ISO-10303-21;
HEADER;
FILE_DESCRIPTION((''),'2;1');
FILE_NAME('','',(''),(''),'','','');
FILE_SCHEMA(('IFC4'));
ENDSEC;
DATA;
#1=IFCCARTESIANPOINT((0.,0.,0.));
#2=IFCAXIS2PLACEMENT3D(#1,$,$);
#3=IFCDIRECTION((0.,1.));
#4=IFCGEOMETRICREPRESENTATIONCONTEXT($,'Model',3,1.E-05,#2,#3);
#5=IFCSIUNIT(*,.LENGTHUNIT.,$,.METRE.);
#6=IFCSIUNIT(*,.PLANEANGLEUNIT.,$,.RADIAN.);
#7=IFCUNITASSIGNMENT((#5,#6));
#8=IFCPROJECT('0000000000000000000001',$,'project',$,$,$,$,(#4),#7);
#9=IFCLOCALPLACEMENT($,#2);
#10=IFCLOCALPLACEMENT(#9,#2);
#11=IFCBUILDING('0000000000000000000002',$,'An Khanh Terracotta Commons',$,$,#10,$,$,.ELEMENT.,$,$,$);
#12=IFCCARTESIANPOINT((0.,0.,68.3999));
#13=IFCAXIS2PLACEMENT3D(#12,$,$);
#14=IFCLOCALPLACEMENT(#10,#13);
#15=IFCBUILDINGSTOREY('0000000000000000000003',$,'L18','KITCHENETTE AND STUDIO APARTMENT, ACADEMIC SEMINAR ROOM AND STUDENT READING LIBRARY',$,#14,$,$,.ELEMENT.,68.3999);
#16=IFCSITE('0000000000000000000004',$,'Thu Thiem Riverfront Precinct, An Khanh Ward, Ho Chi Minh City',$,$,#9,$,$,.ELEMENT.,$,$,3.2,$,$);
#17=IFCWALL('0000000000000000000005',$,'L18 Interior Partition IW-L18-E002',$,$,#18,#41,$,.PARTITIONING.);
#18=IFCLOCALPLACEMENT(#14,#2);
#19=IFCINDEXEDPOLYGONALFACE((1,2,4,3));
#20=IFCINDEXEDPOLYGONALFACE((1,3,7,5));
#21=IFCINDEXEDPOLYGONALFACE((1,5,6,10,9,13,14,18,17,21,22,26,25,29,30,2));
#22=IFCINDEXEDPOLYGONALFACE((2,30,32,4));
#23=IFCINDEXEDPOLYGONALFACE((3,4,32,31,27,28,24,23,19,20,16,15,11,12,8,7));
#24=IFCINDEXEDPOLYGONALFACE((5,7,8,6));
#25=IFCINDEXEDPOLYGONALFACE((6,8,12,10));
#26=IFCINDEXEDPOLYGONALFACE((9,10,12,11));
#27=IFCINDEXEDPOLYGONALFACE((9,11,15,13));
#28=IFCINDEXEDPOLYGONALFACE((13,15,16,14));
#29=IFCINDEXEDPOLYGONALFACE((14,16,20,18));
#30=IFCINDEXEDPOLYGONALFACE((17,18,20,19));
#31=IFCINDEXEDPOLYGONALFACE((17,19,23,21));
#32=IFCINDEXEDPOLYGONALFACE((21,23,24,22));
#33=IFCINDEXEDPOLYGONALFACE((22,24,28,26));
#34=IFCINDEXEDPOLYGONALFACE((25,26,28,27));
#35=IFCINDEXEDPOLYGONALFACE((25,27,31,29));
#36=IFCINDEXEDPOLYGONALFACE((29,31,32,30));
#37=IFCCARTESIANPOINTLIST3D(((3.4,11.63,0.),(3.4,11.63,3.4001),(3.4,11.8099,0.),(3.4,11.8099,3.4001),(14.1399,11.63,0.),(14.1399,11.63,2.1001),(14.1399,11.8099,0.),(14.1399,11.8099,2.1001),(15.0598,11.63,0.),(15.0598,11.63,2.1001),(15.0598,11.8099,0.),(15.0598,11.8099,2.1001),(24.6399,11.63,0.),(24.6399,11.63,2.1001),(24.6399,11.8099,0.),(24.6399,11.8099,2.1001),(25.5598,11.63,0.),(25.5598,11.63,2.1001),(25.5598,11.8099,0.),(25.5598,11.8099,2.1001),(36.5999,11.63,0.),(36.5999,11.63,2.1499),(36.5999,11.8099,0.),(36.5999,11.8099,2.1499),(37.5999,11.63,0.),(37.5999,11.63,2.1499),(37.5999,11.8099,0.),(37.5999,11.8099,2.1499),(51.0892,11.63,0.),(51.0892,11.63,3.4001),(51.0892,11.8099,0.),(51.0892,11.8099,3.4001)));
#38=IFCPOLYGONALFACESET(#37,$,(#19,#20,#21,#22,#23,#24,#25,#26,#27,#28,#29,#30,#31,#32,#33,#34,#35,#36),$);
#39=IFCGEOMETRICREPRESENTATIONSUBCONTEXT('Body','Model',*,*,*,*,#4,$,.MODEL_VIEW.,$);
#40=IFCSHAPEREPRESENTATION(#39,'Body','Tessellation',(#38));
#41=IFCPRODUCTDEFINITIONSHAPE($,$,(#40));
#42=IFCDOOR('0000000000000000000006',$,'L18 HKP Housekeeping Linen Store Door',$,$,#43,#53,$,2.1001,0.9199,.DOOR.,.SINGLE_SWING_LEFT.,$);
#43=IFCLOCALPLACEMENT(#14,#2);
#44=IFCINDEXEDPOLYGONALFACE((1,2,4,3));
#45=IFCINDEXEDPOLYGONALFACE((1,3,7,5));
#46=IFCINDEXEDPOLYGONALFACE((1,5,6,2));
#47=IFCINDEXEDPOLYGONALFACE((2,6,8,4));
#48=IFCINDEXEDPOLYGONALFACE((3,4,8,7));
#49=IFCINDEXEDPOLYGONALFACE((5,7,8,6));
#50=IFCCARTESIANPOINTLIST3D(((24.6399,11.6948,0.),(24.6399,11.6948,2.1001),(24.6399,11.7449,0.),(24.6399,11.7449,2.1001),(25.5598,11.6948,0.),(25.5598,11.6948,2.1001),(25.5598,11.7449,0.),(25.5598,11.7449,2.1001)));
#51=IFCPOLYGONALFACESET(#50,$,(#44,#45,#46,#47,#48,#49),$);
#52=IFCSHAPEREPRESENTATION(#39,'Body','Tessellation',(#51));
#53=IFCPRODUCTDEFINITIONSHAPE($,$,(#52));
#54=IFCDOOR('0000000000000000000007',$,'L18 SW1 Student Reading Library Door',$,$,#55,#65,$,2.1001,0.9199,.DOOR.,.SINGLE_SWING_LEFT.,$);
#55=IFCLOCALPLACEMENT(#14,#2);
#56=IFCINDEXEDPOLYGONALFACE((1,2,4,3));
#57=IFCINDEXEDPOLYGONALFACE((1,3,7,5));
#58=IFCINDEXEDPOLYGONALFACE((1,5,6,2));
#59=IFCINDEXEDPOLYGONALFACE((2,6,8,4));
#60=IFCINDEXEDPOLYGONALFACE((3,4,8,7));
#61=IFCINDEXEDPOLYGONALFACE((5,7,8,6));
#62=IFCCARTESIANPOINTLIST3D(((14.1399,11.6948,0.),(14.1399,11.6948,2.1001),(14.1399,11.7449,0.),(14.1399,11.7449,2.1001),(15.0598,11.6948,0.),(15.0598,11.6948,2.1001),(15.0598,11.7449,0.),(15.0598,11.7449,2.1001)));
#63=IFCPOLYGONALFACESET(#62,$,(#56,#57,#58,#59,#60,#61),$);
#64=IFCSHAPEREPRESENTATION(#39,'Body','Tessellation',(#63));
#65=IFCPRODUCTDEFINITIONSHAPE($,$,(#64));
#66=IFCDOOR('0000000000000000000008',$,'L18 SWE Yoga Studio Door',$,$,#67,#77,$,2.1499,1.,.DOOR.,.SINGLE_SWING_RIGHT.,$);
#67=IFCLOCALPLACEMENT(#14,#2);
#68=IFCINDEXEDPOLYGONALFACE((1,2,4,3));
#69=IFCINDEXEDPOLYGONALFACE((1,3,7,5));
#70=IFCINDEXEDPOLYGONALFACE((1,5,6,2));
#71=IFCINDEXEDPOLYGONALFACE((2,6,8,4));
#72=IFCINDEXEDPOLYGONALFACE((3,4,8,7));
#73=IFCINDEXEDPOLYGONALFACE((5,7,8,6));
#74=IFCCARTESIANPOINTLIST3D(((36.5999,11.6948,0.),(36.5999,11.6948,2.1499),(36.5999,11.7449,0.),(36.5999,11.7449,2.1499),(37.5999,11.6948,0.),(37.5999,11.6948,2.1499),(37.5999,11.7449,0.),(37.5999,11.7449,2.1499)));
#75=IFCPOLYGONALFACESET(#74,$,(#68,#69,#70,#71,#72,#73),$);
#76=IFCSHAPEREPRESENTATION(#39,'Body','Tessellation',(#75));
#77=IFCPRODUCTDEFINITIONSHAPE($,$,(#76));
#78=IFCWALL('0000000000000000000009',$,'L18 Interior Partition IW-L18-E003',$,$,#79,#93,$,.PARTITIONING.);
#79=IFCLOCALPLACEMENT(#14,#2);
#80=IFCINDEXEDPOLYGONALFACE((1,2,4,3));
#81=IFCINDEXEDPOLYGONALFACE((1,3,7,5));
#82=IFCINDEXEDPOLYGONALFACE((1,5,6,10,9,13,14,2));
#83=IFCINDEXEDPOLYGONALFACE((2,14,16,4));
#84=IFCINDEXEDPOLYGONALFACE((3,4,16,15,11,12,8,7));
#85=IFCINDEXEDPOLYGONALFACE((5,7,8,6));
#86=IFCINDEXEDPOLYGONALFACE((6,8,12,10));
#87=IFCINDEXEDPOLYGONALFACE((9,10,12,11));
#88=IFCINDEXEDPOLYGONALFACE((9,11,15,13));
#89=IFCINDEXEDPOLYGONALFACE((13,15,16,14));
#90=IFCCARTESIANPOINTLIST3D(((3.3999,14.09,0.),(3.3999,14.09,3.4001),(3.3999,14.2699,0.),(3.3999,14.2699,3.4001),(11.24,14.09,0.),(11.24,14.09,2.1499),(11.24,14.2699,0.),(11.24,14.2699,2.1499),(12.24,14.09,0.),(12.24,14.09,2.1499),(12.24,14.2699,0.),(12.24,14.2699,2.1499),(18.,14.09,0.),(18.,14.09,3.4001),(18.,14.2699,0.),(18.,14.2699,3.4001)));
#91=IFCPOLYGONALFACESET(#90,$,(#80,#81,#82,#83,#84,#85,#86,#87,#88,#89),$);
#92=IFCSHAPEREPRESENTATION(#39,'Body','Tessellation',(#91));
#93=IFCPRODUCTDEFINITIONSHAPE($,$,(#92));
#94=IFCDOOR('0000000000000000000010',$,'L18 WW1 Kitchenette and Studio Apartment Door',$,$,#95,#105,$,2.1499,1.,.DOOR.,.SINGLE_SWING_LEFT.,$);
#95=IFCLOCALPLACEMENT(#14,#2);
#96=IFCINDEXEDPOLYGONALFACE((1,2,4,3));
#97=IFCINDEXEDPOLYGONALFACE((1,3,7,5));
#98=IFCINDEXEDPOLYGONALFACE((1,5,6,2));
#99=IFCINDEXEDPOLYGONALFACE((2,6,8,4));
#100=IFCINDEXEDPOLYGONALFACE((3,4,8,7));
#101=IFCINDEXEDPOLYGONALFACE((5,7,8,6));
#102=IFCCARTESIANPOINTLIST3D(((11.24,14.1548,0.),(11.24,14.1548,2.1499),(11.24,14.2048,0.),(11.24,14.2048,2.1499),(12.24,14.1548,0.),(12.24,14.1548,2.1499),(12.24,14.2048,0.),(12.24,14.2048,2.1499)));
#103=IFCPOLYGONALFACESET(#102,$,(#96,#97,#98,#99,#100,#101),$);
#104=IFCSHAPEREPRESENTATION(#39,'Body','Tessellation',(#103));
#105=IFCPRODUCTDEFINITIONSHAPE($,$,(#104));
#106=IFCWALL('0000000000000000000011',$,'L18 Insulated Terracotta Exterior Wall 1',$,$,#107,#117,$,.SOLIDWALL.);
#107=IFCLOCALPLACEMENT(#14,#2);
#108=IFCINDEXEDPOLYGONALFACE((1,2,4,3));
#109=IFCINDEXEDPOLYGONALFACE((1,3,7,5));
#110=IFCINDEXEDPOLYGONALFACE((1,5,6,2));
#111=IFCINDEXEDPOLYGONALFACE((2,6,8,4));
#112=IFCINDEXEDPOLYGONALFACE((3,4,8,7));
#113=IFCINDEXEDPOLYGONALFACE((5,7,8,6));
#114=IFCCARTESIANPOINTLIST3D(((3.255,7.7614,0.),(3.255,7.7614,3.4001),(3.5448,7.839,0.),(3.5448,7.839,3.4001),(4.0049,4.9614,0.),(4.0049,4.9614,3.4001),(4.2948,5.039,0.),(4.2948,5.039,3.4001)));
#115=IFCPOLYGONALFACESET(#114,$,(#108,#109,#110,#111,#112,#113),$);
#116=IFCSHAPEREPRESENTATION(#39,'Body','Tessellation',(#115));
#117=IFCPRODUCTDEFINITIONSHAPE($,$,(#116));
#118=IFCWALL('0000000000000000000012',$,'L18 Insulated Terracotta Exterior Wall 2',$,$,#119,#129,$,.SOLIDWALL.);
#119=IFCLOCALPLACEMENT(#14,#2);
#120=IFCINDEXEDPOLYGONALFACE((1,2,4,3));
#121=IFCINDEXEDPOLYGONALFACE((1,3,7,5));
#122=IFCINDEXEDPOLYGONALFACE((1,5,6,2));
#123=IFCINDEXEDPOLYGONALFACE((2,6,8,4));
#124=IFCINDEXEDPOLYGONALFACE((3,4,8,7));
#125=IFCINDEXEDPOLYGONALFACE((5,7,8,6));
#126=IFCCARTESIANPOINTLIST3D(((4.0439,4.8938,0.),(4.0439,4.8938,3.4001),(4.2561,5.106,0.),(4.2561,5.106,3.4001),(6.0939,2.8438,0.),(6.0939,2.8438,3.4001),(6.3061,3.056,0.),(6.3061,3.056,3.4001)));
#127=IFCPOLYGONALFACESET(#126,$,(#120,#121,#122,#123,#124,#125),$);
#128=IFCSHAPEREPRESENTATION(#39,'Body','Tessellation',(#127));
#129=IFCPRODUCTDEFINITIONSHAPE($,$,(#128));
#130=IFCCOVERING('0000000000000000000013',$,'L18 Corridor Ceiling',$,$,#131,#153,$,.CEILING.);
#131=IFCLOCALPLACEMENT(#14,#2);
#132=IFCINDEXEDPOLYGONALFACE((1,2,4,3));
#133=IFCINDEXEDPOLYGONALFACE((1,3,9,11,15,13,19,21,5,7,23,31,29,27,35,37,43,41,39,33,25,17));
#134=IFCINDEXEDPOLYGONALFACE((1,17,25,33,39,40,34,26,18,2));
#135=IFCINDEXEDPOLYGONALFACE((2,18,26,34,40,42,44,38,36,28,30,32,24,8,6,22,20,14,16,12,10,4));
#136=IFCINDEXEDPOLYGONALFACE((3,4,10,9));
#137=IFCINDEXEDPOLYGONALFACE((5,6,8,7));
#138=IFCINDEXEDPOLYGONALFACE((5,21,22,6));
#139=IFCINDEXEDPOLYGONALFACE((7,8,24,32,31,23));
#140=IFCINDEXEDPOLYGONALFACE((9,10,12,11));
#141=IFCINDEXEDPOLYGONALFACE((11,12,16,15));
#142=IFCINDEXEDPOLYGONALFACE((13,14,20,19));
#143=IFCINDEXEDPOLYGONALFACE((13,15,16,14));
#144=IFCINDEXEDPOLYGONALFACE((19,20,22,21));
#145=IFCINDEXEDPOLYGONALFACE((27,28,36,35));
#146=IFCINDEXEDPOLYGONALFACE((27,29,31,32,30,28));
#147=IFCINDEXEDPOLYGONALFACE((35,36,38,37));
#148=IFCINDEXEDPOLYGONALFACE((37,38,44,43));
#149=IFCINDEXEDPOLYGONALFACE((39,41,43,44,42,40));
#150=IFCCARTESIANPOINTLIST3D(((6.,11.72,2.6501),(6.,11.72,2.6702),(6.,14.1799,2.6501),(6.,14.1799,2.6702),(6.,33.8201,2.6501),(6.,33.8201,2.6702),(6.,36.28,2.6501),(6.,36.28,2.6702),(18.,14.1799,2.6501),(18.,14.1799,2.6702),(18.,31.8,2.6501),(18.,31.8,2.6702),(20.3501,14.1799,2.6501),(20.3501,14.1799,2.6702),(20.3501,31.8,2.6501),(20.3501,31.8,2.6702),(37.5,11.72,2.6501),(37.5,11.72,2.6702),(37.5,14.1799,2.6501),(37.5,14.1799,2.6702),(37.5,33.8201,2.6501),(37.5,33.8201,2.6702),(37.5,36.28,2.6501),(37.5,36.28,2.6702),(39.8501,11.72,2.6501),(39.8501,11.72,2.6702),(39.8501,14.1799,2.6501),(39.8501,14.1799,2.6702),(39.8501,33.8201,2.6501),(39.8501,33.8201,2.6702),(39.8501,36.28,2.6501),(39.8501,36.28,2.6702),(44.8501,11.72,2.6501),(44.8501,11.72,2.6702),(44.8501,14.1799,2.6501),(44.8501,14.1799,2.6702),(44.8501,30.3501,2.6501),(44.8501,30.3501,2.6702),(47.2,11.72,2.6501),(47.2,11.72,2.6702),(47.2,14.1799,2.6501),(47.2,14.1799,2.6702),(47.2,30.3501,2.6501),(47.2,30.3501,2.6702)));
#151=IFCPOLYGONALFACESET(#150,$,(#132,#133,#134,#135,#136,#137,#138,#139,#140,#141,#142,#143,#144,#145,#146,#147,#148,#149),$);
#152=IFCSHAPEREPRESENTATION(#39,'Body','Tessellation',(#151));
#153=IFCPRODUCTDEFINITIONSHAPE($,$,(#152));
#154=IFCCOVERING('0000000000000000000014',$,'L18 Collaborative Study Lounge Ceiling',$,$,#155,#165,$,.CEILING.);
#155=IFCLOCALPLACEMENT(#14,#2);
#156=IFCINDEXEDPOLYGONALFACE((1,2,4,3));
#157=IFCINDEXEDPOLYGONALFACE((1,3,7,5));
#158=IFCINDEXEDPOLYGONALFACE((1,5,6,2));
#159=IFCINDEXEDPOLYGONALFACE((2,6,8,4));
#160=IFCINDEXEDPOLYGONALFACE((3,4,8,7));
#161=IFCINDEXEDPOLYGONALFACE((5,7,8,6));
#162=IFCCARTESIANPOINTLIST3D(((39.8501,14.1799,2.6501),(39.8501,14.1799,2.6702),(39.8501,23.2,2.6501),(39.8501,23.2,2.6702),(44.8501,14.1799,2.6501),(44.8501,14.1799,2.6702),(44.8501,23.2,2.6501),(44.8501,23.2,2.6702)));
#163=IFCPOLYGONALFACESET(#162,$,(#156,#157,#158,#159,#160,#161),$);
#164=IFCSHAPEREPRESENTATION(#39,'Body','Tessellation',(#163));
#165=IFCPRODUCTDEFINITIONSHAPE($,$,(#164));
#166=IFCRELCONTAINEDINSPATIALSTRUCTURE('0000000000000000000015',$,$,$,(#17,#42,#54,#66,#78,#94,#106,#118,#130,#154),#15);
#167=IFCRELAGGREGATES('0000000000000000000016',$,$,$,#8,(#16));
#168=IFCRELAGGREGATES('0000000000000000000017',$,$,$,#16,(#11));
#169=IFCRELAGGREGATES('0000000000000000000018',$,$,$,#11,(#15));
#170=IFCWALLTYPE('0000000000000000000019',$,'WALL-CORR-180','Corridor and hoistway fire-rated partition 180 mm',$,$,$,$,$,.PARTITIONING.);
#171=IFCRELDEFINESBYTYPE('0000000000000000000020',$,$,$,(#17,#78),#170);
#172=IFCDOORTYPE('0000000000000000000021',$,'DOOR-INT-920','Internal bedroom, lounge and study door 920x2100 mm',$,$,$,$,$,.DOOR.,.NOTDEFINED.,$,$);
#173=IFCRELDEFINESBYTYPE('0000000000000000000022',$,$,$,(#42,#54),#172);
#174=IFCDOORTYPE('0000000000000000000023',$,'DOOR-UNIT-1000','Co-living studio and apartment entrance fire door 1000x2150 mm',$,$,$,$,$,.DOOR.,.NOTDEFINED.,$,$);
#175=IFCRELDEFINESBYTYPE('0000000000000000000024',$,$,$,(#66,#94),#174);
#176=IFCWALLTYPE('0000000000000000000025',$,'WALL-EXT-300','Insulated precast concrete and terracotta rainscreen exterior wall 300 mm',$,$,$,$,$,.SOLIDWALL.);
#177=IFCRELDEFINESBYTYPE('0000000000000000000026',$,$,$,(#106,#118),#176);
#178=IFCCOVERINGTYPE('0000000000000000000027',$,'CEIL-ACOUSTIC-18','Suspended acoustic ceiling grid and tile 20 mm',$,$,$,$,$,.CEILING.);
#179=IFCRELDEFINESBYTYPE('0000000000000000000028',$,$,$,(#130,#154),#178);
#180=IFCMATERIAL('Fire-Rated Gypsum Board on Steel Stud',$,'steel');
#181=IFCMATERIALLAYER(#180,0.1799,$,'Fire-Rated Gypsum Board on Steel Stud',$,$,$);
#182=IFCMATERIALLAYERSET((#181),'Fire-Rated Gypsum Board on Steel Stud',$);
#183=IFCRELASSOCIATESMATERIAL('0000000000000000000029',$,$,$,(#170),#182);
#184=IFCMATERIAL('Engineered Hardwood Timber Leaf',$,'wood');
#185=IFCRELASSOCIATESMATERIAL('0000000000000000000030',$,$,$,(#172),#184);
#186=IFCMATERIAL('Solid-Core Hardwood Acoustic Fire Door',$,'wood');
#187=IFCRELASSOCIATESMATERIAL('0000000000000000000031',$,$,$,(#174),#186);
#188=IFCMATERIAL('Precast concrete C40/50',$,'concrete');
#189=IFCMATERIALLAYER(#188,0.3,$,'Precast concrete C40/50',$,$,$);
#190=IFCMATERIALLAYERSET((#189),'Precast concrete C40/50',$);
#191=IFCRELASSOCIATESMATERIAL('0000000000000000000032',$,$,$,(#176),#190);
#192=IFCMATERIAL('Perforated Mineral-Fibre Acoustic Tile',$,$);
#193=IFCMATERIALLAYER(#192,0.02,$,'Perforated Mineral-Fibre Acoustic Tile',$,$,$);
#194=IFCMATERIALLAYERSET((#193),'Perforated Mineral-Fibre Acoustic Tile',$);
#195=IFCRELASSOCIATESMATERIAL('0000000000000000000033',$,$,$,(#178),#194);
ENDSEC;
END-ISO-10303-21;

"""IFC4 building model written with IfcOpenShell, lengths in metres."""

from ifc_helpers import new_model, si_unit, direction, frame, frame_2d, origin, place, context, subcontext, project, spatial, polyline, rectangle, outline, extrude, material, layer, layer_set, type_object, element, fill, save


model = new_model("IFC4")

# Units and contexts
model_context = context("Model", 3, precision=1e-05, world=origin(), true_north=direction((0.0, 1.0)))
body_context = subcontext(model_context, "Body", "Model", "MODEL_VIEW")
ifc_project = project(units=[si_unit("LENGTHUNIT", "METRE"), si_unit("PLANEANGLEUNIT", "RADIAN")], contexts=[model_context])

# Site, building, storey
site_placement = place(None, origin())
site = spatial("IfcSite", under=ifc_project, at=site_placement, Name="Thu Thiem Riverfront Precinct, An Khanh Ward, Ho Chi Minh City", CompositionType="ELEMENT", RefElevation=3.2)
building_placement = place(site_placement, origin())
building = spatial("IfcBuilding", under=site, at=building_placement, Name="An Khanh Terracotta Commons", CompositionType="ELEMENT")
storey_placement = place(building_placement, frame((0.0, 0.0, 68.3999)))
storey = spatial("IfcBuildingStorey", under=building, at=storey_placement, Name="L18", Description="KITCHENETTE AND STUDIO APARTMENT, ACADEMIC SEMINAR ROOM AND STUDENT READING LIBRARY", CompositionType="ELEMENT", Elevation=68.3999)

# Shared definitions
ifc_material_1 = material(Name="Precast concrete C40/50", Category="concrete")

# Wall, openings, doors
ifc_material_2 = material(Name="Fire-Rated Gypsum Board on Steel Stud", Category="steel")
ifc_layer_1 = layer(ifc_material_2, 0.1799, Name="Fire-Rated Gypsum Board on Steel Stud")
ifc_layer_set_1 = layer_set([ifc_layer_1], Name="Fire-Rated Gypsum Board on Steel Stud")
wall_type_1 = type_object("IfcWallType", Name="WALL-CORR-180", Description="Corridor and hoistway fire-rated partition 180 mm", PredefinedType="PARTITIONING", material=ifc_layer_set_1)
wall_1_placement = place(storey_placement, frame((3.3999, 11.72, 0.0), z_axis=(0.0, 0.0, 1.0), x_axis=(1.0, 0.0, 0.0)))
wall_1 = element("IfcWall", 1, at=wall_1_placement, inside=storey, type_object=wall_type_1, Name="L18 Interior Partition IW-L18-E002", PredefinedType="PARTITIONING", context=body_context, shape_type="SweptSolid", body=[
    extrude(rectangle(XDim=47.6892, YDim=0.1799, at=frame_2d((23.8447, 0.0))), origin(), (0.0, 0.0, 1.0), 3.4001),
])
opening_1_placement = place(wall_1_placement, frame((21.24, 0.0, 0.0)))
opening_1 = element("IfcOpeningElement", 2, at=opening_1_placement, cuts=wall_1, PredefinedType="OPENING", context=body_context, shape_type="SweptSolid", body=[
    extrude(rectangle(XDim=0.9199, YDim=2.1001, at=frame_2d((0.46, 1.05))), frame((0.0, 0.0999, 0.0), z_axis=(0.0, -1.0, 0.0), x_axis=(1.0, 0.0, 0.0)), (0.0, 0.0, 1.0), 0.2),
])
opening_2_placement = place(wall_1_placement, frame((10.74, 0.0, 0.0)))
opening_2 = element("IfcOpeningElement", 3, at=opening_2_placement, cuts=wall_1, PredefinedType="OPENING", context=body_context, shape_type="SweptSolid", body=[
    extrude(rectangle(XDim=0.9199, YDim=2.1001, at=frame_2d((0.46, 1.05))), frame((0.0, 0.0999, 0.0), z_axis=(0.0, -1.0, 0.0), x_axis=(1.0, 0.0, 0.0)), (0.0, 0.0, 1.0), 0.2),
])
opening_3_placement = place(wall_1_placement, frame((33.2, 0.0, 0.0)))
opening_3 = element("IfcOpeningElement", 4, at=opening_3_placement, cuts=wall_1, PredefinedType="OPENING", context=body_context, shape_type="SweptSolid", body=[
    extrude(rectangle(XDim=1.0, YDim=2.1499, at=frame_2d((0.5, 1.075))), frame((0.0, 0.0999, 0.0), z_axis=(0.0, -1.0, 0.0), x_axis=(1.0, 0.0, 0.0)), (0.0, 0.0, 1.0), 0.2),
])
ifc_material_3 = material(Name="Engineered Hardwood Timber Leaf", Category="wood")
door_type_1 = type_object("IfcDoorType", Name="DOOR-INT-920", Description="Internal bedroom, lounge and study door 920x2100 mm", OperationType="NOTDEFINED", PredefinedType="DOOR", material=ifc_material_3)
door_1_placement = place(opening_1_placement, origin())
door_1 = element("IfcDoor", 5, at=door_1_placement, inside=storey, type_object=door_type_1, Name="L18 HKP Housekeeping Linen Store Door", OperationType="SINGLE_SWING_LEFT", OverallHeight=2.1001, OverallWidth=0.9199, PredefinedType="DOOR", context=body_context, shape_type="SweptSolid", body=[
    extrude(rectangle(XDim=0.9199, YDim=2.1001, at=frame_2d((0.46, 1.05))), frame((0.0, 0.0249, 0.0), z_axis=(0.0, -1.0, 0.0), x_axis=(1.0, 0.0, 0.0)), (0.0, 0.0, 1.0), 0.05),
])
fill(opening_1, door_1)
door_2_placement = place(opening_2_placement, origin())
door_2 = element("IfcDoor", 6, at=door_2_placement, inside=storey, type_object=door_type_1, Name="L18 SW1 Student Reading Library Door", OperationType="SINGLE_SWING_LEFT", OverallHeight=2.1001, OverallWidth=0.9199, PredefinedType="DOOR", context=body_context, shape_type="SweptSolid", body=[
    extrude(rectangle(XDim=0.9199, YDim=2.1001, at=frame_2d((0.46, 1.05))), frame((0.0, 0.0249, 0.0), z_axis=(0.0, -1.0, 0.0), x_axis=(1.0, 0.0, 0.0)), (0.0, 0.0, 1.0), 0.05),
])
fill(opening_2, door_2)
ifc_material_4 = material(Name="Solid-Core Hardwood Acoustic Fire Door", Category="wood")
door_type_2 = type_object("IfcDoorType", Name="DOOR-UNIT-1000", Description="Co-living studio and apartment entrance fire door 1000x2150 mm", OperationType="NOTDEFINED", PredefinedType="DOOR", material=ifc_material_4)
door_3_placement = place(opening_3_placement, origin())
door_3 = element("IfcDoor", 7, at=door_3_placement, inside=storey, type_object=door_type_2, Name="L18 SWE Yoga Studio Door", OperationType="SINGLE_SWING_RIGHT", OverallHeight=2.1499, OverallWidth=1.0, PredefinedType="DOOR", context=body_context, shape_type="SweptSolid", body=[
    extrude(rectangle(XDim=1.0, YDim=2.1499, at=frame_2d((0.5, 1.075))), frame((0.0, 0.0249, 0.0), z_axis=(0.0, -1.0, 0.0), x_axis=(1.0, 0.0, 0.0)), (0.0, 0.0, 1.0), 0.05),
])
fill(opening_3, door_3)

# Wall, opening, door
wall_2_placement = place(storey_placement, frame((3.3999, 14.1799, 0.0), z_axis=(0.0, 0.0, 1.0), x_axis=(1.0, 0.0, 0.0)))
wall_2 = element("IfcWall", 8, at=wall_2_placement, inside=storey, type_object=wall_type_1, Name="L18 Interior Partition IW-L18-E003", PredefinedType="PARTITIONING", context=body_context, shape_type="SweptSolid", body=[
    extrude(rectangle(XDim=14.6001, YDim=0.1799, at=frame_2d((7.3, 0.0))), origin(), (0.0, 0.0, 1.0), 3.4001),
])
opening_4_placement = place(wall_2_placement, frame((7.8401, 0.0, 0.0)))
opening_4 = element("IfcOpeningElement", 9, at=opening_4_placement, cuts=wall_2, PredefinedType="OPENING", context=body_context, shape_type="SweptSolid", body=[
    extrude(rectangle(XDim=1.0, YDim=2.1499, at=frame_2d((0.5, 1.075))), frame((0.0, 0.0999, 0.0), z_axis=(0.0, -1.0, 0.0), x_axis=(1.0, 0.0, 0.0)), (0.0, 0.0, 1.0), 0.2),
])
door_4_placement = place(opening_4_placement, origin())
door_4 = element("IfcDoor", 10, at=door_4_placement, inside=storey, type_object=door_type_2, Name="L18 WW1 Kitchenette and Studio Apartment Door", OperationType="SINGLE_SWING_LEFT", OverallHeight=2.1499, OverallWidth=1.0, PredefinedType="DOOR", context=body_context, shape_type="SweptSolid", body=[
    extrude(rectangle(XDim=1.0, YDim=2.1499, at=frame_2d((0.5, 1.075))), frame((0.0, 0.0249, 0.0), z_axis=(0.0, -1.0, 0.0), x_axis=(1.0, 0.0, 0.0)), (0.0, 0.0, 1.0), 0.05),
])
fill(opening_4, door_4)

# Walls
ifc_layer_2 = layer(ifc_material_1, 0.3, Name="Precast concrete C40/50")
ifc_layer_set_2 = layer_set([ifc_layer_2], Name="Precast concrete C40/50")
wall_type_2 = type_object("IfcWallType", Name="WALL-EXT-300", Description="Insulated precast concrete and terracotta rainscreen exterior wall 300 mm", PredefinedType="SOLIDWALL", material=ifc_layer_set_2)
wall_3_placement = place(storey_placement, frame((3.3999, 7.8, 0.0), z_axis=(0.0, 0.0, 1.0), x_axis=(0.258732, -0.965949, 0.0)))
element("IfcWall", 11, at=wall_3_placement, inside=storey, type_object=wall_type_2, Name="L18 Insulated Terracotta Exterior Wall 1", PredefinedType="SOLIDWALL", context=body_context, shape_type="SweptSolid", body=[
    extrude(rectangle(XDim=2.8987, YDim=0.3, at=frame_2d((1.4492, 0.0))), origin(), (0.0, 0.0, 1.0), 3.4001),
])
wall_4_placement = place(storey_placement, frame((4.1499, 5.0, 0.0), z_axis=(0.0, 0.0, 1.0), x_axis=(0.707107, -0.707107, 0.0)))
element("IfcWall", 12, at=wall_4_placement, inside=storey, type_object=wall_type_2, Name="L18 Insulated Terracotta Exterior Wall 2", PredefinedType="SOLIDWALL", context=body_context, shape_type="SweptSolid", body=[
    extrude(rectangle(XDim=2.8992, YDim=0.3, at=frame_2d((1.4497, 0.0))), origin(), (0.0, 0.0, 1.0), 3.4001),
])

# Coverings
ifc_material_5 = material(Name="Perforated Mineral-Fibre Acoustic Tile")
ifc_layer_3 = layer(ifc_material_5, 0.02, Name="Perforated Mineral-Fibre Acoustic Tile")
ifc_layer_set_3 = layer_set([ifc_layer_3], Name="Perforated Mineral-Fibre Acoustic Tile")
covering_type = type_object("IfcCoveringType", Name="CEIL-ACOUSTIC-18", Description="Suspended acoustic ceiling grid and tile 20 mm", PredefinedType="CEILING", material=ifc_layer_set_3)
covering_1_placement = place(storey_placement, frame((0.0, 0.0, 2.6501)))
element("IfcCovering", 13, at=covering_1_placement, inside=storey, type_object=covering_type, Name="L18 Corridor Ceiling", PredefinedType="CEILING", context=body_context, shape_type="SweptSolid", body=[
    extrude(outline(polyline([(44.8501, 30.3501), (47.2, 30.3501), (47.2, 14.1799), (47.2, 11.72), (44.8501, 11.72), (39.8501, 11.72), (37.5, 11.72), (6.0, 11.72), (6.0, 14.1799), (18.0, 14.1799), (18.0, 31.8), (20.3501, 31.8), (20.3501, 14.1799), (37.5, 14.1799), (37.5, 33.8201), (6.0, 33.8201), (6.0, 36.28), (37.5, 36.28), (39.8501, 36.28), (39.8501, 33.8201), (39.8501, 14.1799), (44.8501, 14.1799), (44.8501, 30.3501)])), origin(), (0.0, 0.0, 1.0), 0.02),
])
covering_2_placement = place(storey_placement, frame((0.0, 0.0, 2.6501)))
element("IfcCovering", 14, at=covering_2_placement, inside=storey, type_object=covering_type, Name="L18 Collaborative Study Lounge Ceiling", PredefinedType="CEILING", context=body_context, shape_type="SweptSolid", body=[
    extrude(outline(polyline([(39.8501, 23.2), (44.8501, 23.2), (44.8501, 14.1799), (39.8501, 14.1799), (39.8501, 23.2)])), origin(), (0.0, 0.0, 1.0), 0.02),
])

save(model, "model.ifc")
